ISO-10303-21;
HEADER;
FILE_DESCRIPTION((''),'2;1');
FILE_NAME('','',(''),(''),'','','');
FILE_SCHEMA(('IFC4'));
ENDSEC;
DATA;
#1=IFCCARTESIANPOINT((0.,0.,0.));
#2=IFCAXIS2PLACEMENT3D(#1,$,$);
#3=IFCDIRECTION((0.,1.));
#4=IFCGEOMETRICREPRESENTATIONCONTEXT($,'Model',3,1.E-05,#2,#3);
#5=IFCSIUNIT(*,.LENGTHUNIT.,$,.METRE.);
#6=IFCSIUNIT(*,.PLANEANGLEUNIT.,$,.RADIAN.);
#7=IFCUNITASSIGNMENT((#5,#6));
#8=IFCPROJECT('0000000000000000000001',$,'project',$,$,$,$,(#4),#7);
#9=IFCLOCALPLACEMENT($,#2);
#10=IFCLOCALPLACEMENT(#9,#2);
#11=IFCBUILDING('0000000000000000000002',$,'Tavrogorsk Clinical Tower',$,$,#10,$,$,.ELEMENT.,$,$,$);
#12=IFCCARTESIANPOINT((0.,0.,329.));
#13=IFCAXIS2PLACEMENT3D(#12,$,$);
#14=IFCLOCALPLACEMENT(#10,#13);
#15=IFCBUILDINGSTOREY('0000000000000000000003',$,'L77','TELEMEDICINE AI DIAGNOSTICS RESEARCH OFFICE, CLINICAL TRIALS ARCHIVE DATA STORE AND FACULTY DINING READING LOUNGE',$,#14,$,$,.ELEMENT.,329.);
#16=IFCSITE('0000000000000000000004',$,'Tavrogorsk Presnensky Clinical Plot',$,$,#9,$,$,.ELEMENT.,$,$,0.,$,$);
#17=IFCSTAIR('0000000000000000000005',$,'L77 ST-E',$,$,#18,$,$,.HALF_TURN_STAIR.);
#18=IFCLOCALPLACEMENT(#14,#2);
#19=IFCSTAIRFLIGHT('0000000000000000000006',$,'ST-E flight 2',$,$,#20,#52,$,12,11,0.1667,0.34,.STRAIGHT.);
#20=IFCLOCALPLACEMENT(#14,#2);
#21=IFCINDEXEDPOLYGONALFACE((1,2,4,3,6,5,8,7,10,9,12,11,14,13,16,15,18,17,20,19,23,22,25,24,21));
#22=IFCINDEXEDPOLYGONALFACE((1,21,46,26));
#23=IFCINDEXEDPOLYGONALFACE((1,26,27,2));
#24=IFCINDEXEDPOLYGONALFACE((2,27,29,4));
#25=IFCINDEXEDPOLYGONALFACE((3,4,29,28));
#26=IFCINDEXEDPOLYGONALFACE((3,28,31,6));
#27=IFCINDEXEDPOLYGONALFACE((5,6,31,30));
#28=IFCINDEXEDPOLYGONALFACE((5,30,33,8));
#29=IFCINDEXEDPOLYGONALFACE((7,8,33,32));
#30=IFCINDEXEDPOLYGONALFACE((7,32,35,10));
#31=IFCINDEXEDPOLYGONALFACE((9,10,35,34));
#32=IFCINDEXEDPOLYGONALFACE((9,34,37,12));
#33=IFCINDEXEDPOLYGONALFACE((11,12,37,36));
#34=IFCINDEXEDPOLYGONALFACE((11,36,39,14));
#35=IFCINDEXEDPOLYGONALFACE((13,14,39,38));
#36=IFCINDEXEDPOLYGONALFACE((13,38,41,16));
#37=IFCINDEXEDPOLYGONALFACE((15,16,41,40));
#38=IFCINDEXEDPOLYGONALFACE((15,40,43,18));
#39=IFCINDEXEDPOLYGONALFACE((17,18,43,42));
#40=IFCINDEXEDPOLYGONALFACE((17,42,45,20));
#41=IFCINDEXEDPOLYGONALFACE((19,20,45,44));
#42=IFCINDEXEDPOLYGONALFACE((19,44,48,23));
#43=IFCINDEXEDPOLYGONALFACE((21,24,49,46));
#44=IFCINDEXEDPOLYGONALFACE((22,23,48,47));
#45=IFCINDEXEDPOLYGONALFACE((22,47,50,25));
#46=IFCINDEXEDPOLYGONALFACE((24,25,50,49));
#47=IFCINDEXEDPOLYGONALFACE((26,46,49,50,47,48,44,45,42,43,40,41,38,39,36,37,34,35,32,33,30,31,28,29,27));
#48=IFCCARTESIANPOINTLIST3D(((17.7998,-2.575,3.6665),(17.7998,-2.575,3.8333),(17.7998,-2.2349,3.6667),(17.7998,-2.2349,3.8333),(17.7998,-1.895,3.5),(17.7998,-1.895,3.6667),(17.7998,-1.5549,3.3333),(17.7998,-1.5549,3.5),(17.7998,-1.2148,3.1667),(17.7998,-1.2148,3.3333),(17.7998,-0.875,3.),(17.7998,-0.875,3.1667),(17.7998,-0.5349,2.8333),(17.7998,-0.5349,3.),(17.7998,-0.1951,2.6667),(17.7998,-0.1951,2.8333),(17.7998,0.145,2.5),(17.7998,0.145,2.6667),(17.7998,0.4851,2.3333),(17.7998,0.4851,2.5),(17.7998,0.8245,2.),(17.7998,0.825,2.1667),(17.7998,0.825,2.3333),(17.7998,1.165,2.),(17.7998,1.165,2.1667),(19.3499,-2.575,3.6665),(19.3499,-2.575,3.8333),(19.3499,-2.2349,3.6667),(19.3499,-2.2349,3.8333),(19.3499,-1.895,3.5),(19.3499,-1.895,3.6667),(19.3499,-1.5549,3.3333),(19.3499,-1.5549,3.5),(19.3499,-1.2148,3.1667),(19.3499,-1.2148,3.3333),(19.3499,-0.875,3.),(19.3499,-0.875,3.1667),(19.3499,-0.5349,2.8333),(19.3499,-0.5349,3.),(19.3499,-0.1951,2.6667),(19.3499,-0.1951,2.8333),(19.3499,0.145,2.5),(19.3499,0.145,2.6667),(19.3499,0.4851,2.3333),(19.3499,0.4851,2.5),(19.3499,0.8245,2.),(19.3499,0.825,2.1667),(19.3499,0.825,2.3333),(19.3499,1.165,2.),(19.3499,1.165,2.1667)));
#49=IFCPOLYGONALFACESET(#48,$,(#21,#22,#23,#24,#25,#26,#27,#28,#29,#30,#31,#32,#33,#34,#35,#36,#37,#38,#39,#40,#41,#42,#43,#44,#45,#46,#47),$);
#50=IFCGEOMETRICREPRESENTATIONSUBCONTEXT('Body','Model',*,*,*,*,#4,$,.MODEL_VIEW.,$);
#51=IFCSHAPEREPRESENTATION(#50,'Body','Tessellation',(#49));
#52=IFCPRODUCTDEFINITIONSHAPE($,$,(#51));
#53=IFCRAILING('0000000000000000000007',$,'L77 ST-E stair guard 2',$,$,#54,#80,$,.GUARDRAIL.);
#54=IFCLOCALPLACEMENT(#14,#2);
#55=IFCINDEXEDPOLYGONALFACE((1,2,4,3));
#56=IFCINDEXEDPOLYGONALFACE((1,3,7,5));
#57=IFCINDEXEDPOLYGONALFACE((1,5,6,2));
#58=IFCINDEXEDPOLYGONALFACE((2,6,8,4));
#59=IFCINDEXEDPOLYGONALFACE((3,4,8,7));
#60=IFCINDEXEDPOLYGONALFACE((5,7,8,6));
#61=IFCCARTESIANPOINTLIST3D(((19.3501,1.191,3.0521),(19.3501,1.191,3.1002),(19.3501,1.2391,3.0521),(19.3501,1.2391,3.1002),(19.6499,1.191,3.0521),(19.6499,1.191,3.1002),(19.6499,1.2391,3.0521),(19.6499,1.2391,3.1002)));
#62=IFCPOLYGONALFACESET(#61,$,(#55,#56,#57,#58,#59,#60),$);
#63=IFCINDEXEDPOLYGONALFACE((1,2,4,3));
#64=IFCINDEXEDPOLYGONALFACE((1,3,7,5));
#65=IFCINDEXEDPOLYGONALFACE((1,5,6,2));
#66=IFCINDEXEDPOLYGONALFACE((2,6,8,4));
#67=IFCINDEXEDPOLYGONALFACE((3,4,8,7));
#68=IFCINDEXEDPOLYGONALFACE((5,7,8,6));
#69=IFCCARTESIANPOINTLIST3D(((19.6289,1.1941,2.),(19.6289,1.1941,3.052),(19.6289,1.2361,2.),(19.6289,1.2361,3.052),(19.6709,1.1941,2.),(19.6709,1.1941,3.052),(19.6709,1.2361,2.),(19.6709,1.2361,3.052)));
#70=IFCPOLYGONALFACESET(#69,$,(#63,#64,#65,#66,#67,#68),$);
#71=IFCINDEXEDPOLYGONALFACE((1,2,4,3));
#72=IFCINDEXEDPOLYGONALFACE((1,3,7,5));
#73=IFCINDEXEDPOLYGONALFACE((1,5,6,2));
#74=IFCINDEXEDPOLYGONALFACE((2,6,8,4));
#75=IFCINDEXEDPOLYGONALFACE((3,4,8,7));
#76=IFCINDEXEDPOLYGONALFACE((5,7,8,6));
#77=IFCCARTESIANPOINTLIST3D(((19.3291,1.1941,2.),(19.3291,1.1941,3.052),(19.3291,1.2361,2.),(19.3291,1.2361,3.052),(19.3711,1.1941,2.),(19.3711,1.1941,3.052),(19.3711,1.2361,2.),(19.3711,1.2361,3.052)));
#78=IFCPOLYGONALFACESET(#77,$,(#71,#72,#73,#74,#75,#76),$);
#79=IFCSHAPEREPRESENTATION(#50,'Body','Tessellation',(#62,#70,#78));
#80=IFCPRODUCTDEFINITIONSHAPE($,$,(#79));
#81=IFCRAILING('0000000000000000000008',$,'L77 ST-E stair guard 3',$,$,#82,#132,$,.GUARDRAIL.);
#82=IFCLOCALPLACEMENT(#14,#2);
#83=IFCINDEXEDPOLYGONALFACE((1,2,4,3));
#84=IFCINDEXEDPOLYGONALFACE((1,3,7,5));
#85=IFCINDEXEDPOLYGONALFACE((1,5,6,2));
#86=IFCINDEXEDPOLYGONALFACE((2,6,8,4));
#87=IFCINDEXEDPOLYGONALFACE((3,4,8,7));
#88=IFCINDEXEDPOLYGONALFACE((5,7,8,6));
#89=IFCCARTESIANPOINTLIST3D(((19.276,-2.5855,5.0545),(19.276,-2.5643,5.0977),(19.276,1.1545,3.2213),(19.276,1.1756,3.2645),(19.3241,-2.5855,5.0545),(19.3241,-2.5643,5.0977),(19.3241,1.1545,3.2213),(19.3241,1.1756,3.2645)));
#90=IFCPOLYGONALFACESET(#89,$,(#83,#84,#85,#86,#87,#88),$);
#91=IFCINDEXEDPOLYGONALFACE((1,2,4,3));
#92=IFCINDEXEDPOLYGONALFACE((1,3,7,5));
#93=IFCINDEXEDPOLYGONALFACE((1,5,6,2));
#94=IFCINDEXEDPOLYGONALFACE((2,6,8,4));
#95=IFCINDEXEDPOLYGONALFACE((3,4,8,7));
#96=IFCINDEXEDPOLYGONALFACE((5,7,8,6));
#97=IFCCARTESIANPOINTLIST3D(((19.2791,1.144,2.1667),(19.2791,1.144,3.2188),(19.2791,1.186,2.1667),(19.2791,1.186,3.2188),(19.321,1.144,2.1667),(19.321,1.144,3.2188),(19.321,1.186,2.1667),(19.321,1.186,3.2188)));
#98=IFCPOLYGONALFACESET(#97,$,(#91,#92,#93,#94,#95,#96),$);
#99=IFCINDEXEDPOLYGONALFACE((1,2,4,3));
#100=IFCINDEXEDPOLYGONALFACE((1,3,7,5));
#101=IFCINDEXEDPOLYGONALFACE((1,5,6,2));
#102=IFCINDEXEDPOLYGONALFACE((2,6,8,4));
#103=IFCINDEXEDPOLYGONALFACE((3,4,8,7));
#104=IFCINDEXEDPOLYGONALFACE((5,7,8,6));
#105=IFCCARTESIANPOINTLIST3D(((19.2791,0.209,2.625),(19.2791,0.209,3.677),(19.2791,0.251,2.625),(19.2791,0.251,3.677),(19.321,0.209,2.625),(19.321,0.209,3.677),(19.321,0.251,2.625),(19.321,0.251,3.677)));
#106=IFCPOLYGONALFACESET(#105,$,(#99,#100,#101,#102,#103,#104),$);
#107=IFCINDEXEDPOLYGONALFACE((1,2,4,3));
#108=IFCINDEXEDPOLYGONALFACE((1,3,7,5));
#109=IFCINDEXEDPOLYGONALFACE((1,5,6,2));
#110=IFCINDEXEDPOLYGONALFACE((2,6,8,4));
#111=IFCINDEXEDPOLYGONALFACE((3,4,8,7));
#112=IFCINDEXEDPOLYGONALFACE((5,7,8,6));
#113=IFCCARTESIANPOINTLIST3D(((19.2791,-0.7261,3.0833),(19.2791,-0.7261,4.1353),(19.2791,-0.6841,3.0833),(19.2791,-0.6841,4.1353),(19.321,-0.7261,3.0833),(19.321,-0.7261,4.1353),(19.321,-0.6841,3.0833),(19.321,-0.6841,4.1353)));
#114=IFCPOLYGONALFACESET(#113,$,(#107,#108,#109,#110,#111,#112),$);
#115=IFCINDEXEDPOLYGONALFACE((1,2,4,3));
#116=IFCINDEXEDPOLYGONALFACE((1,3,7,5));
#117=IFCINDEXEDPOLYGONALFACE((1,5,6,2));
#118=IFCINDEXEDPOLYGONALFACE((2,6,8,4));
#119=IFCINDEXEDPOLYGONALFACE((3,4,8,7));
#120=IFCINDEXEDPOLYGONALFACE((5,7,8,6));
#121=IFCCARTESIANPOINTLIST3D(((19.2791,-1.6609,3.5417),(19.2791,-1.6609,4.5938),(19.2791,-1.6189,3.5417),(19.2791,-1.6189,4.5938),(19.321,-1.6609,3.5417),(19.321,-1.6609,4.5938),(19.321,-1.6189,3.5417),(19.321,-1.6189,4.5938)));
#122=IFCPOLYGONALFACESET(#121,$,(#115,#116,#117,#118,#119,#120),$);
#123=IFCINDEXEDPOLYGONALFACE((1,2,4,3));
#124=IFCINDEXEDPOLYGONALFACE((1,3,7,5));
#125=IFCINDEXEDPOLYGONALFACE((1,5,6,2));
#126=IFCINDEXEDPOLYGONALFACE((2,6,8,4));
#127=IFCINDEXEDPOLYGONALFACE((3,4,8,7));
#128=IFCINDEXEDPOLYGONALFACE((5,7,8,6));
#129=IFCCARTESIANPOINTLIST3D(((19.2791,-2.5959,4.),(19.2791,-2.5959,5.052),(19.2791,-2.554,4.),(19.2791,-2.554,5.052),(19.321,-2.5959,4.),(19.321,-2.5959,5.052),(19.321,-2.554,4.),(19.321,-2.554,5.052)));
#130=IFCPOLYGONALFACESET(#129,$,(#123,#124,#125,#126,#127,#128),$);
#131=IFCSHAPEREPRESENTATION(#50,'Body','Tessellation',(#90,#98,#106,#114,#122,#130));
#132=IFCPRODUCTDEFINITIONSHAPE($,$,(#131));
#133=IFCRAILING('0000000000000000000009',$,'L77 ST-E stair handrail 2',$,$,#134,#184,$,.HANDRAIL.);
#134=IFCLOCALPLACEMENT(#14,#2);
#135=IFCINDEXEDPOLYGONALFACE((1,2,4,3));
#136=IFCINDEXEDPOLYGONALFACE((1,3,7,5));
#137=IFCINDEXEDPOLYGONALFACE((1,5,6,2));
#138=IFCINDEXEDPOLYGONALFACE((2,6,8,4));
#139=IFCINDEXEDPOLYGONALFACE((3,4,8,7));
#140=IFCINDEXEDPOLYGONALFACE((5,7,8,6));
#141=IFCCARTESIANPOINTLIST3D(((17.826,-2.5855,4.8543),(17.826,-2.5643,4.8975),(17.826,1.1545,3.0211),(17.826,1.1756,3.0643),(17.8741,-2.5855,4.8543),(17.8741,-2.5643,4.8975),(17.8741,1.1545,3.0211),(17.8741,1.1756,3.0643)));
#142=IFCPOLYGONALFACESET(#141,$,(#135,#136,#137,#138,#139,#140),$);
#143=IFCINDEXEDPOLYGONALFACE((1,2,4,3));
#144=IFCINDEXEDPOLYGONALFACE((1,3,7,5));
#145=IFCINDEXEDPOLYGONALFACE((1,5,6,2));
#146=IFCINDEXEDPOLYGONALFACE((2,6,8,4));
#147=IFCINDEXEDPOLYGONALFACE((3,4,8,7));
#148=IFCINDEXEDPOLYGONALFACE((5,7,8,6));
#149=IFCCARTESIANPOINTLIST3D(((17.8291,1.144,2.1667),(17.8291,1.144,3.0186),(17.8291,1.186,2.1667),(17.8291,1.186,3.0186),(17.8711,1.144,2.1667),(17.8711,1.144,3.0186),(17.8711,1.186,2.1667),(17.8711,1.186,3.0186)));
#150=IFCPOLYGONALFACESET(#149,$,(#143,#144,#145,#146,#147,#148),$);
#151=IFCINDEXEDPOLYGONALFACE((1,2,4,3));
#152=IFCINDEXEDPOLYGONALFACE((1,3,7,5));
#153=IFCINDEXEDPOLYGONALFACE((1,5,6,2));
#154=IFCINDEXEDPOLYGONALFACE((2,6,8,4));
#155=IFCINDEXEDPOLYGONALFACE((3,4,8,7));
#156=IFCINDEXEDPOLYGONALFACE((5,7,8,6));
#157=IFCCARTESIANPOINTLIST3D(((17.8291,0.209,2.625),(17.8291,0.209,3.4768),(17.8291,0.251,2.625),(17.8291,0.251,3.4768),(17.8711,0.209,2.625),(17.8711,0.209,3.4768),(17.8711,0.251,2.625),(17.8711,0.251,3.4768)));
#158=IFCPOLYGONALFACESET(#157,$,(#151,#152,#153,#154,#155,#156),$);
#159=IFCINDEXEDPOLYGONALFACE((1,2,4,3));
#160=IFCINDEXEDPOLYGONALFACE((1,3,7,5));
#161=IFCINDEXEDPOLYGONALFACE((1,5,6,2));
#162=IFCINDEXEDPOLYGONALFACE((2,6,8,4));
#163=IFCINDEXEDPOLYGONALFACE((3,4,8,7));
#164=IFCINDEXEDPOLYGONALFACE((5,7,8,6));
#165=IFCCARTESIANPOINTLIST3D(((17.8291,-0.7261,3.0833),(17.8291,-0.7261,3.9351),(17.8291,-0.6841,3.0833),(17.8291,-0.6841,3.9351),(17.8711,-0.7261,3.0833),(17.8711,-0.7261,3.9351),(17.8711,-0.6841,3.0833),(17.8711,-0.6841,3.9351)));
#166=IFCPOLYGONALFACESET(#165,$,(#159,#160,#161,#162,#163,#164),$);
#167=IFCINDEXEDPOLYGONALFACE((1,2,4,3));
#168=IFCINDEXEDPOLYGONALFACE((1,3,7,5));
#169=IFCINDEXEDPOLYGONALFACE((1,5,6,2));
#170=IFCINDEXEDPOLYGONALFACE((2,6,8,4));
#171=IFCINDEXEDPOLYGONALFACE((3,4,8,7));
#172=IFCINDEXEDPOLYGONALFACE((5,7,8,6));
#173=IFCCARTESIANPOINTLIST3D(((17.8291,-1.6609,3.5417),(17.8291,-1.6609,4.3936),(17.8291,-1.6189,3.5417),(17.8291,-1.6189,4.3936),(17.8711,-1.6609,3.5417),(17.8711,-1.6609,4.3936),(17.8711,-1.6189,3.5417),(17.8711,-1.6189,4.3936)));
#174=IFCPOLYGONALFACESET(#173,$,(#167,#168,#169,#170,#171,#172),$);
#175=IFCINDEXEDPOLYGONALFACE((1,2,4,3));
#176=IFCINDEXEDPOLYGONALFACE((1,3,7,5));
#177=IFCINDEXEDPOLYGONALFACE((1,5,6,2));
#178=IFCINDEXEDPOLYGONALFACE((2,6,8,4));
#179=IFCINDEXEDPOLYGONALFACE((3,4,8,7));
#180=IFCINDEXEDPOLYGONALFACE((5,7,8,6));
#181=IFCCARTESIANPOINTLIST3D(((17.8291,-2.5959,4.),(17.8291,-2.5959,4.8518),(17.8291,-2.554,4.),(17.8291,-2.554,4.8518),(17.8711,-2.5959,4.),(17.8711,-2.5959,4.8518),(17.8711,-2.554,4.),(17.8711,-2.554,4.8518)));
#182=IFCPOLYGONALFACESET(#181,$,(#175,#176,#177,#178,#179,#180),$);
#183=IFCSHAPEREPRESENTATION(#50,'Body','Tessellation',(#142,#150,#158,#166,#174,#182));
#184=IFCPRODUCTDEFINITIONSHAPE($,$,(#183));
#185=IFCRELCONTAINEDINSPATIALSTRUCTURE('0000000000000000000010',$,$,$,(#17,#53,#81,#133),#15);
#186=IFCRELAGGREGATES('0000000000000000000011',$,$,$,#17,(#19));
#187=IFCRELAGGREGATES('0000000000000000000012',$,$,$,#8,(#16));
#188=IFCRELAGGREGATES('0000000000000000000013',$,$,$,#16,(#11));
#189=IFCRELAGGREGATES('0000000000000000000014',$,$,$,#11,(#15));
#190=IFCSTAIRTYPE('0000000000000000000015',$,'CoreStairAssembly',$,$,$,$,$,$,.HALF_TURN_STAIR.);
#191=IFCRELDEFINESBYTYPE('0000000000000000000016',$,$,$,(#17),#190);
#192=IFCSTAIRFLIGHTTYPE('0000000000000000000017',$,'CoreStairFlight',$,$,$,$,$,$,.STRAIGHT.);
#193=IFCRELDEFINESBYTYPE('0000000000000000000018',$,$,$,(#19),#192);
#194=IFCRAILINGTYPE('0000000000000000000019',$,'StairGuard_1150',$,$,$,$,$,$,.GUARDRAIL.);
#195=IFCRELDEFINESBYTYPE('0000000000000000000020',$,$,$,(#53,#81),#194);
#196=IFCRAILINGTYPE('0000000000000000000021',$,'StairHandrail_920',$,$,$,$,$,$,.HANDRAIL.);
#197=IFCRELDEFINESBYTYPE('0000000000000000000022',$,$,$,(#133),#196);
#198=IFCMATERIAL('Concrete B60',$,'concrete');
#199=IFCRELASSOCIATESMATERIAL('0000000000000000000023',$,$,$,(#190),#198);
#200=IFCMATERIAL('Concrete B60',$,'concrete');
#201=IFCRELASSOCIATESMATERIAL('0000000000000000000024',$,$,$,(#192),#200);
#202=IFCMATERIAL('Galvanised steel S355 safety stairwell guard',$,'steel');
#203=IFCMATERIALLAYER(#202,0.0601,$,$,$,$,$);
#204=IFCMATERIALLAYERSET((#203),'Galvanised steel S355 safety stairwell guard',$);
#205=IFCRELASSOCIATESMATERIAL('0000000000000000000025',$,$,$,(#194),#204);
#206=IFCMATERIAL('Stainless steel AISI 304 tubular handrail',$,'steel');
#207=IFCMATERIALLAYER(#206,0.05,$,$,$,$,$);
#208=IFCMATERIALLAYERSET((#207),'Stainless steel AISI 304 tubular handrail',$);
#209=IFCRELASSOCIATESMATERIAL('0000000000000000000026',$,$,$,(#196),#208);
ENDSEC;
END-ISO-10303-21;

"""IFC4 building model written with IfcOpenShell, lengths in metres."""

from ifc_helpers import new_model, si_unit, direction, frame, origin, origin_2d, place, context, subcontext, project, spatial, polyline, rectangle, outline, extrude, material, layer, layer_set, type_object, element, aggregate, save


model = new_model("IFC4")

# Units and contexts
model_context = context("Model", 3, precision=1e-05, world=origin(), true_north=direction((0.0, 1.0)))
body_context = subcontext(model_context, "Body", "Model", "MODEL_VIEW")
ifc_project = project(units=[si_unit("LENGTHUNIT", "METRE"), si_unit("PLANEANGLEUNIT", "RADIAN")], contexts=[model_context])

# Site, building, storey
site_placement = place(None, origin())
site = spatial("IfcSite", under=ifc_project, at=site_placement, Name="Tavrogorsk Presnensky Clinical Plot", CompositionType="ELEMENT", RefElevation=0.0)
building_placement = place(site_placement, origin())
building = spatial("IfcBuilding", under=site, at=building_placement, Name="Tavrogorsk Clinical Tower", CompositionType="ELEMENT")
storey_placement = place(building_placement, frame((0.0, 0.0, 329.0)))
storey = spatial("IfcBuildingStorey", under=building, at=storey_placement, Name="L77", Description="TELEMEDICINE AI DIAGNOSTICS RESEARCH OFFICE, CLINICAL TRIALS ARCHIVE DATA STORE AND FACULTY DINING READING LOUNGE", CompositionType="ELEMENT", Elevation=329.0)

# Stair, stair flight
ifc_material_1 = material(Name="Concrete B60", Category="concrete")
stair_type = type_object("IfcStairType", Name="CoreStairAssembly", PredefinedType="HALF_TURN_STAIR", material=ifc_material_1)
stair_placement = place(storey_placement, origin())
stair = element("IfcStair", 1, at=stair_placement, inside=storey, type_object=stair_type, Name="L77 ST-E", PredefinedType="HALF_TURN_STAIR")
ifc_material_2 = material(Name="Concrete B60", Category="concrete")
stair_flight_type = type_object("IfcStairFlightType", Name="CoreStairFlight", PredefinedType="STRAIGHT", material=ifc_material_2)
stair_flight_placement = place(storey_placement, frame((18.575, 1.165, 2.0), z_axis=(0.0, 0.0, 1.0), x_axis=(0.0, -1.0, 0.0)))
stair_flight = element("IfcStairFlight", 2, at=stair_flight_placement, type_object=stair_flight_type, Name="ST-E flight 2", NumberOfRisers=12, NumberOfTreads=11, PredefinedType="STRAIGHT", RiserHeight=0.1667, TreadLength=0.34, context=body_context, shape_type="SweptSolid", body=[
    extrude(outline(polyline([(0.0, 0.0), (0.0, 0.1667), (0.3401, 0.1667), (0.3401, 0.3333), (0.6799, 0.3333), (0.6799, 0.5), (1.02, 0.5), (1.02, 0.6667), (1.3601, 0.6667), (1.3601, 0.8333), (1.7, 0.8333), (1.7, 1.0), (2.04, 1.0), (2.04, 1.1667), (2.3799, 1.1667), (2.3799, 1.3333), (2.72, 1.3333), (2.72, 1.5), (3.0601, 1.5), (3.0601, 1.6667), (3.3999, 1.6667), (3.3999, 1.8333), (3.74, 1.8333), (3.74, 2.0), (3.74, 1.6665), (0.3406, 0.0), (0.0, 0.0)])), frame((0.0, 0.7749, 0.0), z_axis=(0.0, -1.0, 0.0), x_axis=(1.0, 0.0, 0.0)), (0.0, 0.0, 1.0), 1.55),
])
aggregate(stair, [stair_flight])

# Railings
ifc_material_3 = material(Name="Galvanised steel S355 safety stairwell guard", Category="steel")
ifc_layer_1 = layer(ifc_material_3, 0.0601)
ifc_layer_set_1 = layer_set([ifc_layer_1], Name="Galvanised steel S355 safety stairwell guard")
railing_type_1 = type_object("IfcRailingType", Name="StairGuard_1150", PredefinedType="GUARDRAIL", material=ifc_layer_set_1)
railing_1_placement = place(storey_placement, frame((19.6499, 1.2151, 2.0)))
element("IfcRailing", 3, at=railing_1_placement, inside=storey, type_object=railing_type_1, Name="L77 ST-E stair guard 2", PredefinedType="GUARDRAIL", context=body_context, shape_type="SweptSolid", body=[
    extrude(rectangle(XDim=0.0481, YDim=0.0481, at=origin_2d()), frame((0.0, 0.0, 1.0762), z_axis=(-1.0, 0.0, 0.0), x_axis=(0.0, -1.0, 0.0)), (0.0, 0.0, 1.0), 0.2998),
    extrude(rectangle(XDim=0.042, YDim=0.042, at=origin_2d()), origin(), (0.0, 0.0, 1.0), 1.052),
    extrude(rectangle(XDim=0.042, YDim=0.042, at=origin_2d()), frame((-0.2998, 0.0, 0.0)), (0.0, 0.0, 1.0), 1.052),
])
railing_2_placement = place(storey_placement, frame((19.3, 1.165, 2.1667)))
element("IfcRailing", 4, at=railing_2_placement, inside=storey, type_object=railing_type_1, Name="L77 ST-E stair guard 3", PredefinedType="GUARDRAIL", context=body_context, shape_type="SweptSolid", body=[
    extrude(rectangle(XDim=0.0481, YDim=0.0481, at=origin_2d()), frame((0.0, 0.0, 1.0762), z_axis=(0.0, -0.897928, 0.440142), x_axis=(1.0, 0.0, 0.0)), (0.0, 0.0, 1.0), 4.165),
    extrude(rectangle(XDim=0.042, YDim=0.042, at=origin_2d()), origin(), (0.0, 0.0, 1.0), 1.052),
    extrude(rectangle(XDim=0.042, YDim=0.042, at=origin_2d()), frame((0.0, -0.9351, 0.4583)), (0.0, 0.0, 1.0), 1.052),
    extrude(rectangle(XDim=0.042, YDim=0.042, at=origin_2d()), frame((0.0, -1.8701, 0.9165)), (0.0, 0.0, 1.0), 1.052),
    extrude(rectangle(XDim=0.042, YDim=0.042, at=origin_2d()), frame((0.0, -2.8049, 1.375)), (0.0, 0.0, 1.0), 1.052),
    extrude(rectangle(XDim=0.042, YDim=0.042, at=origin_2d()), frame((0.0, -3.74, 1.8333)), (0.0, 0.0, 1.0), 1.052),
])
ifc_material_4 = material(Name="Stainless steel AISI 304 tubular handrail", Category="steel")
ifc_layer_2 = layer(ifc_material_4, 0.05)
ifc_layer_set_2 = layer_set([ifc_layer_2], Name="Stainless steel AISI 304 tubular handrail")
railing_type_2 = type_object("IfcRailingType", Name="StairHandrail_920", PredefinedType="HANDRAIL", material=ifc_layer_set_2)
railing_3_placement = place(storey_placement, frame((17.8501, 1.165, 2.1667)))
element("IfcRailing", 5, at=railing_3_placement, inside=storey, type_object=railing_type_2, Name="L77 ST-E stair handrail 2", PredefinedType="HANDRAIL", context=body_context, shape_type="SweptSolid", body=[
    extrude(rectangle(XDim=0.0481, YDim=0.0481, at=origin_2d()), frame((0.0, 0.0, 0.876), z_axis=(0.0, -0.897928, 0.440142), x_axis=(1.0, 0.0, 0.0)), (0.0, 0.0, 1.0), 4.165),
    extrude(rectangle(XDim=0.042, YDim=0.042, at=origin_2d()), origin(), (0.0, 0.0, 1.0), 0.8518),
    extrude(rectangle(XDim=0.042, YDim=0.042, at=origin_2d()), frame((0.0, -0.9351, 0.4583)), (0.0, 0.0, 1.0), 0.8518),
    extrude(rectangle(XDim=0.042, YDim=0.042, at=origin_2d()), frame((0.0, -1.8701, 0.9165)), (0.0, 0.0, 1.0), 0.8518),
    extrude(rectangle(XDim=0.042, YDim=0.042, at=origin_2d()), frame((0.0, -2.8049, 1.375)), (0.0, 0.0, 1.0), 0.8518),
    extrude(rectangle(XDim=0.042, YDim=0.042, at=origin_2d()), frame((0.0, -3.74, 1.8333)), (0.0, 0.0, 1.0), 0.8518),
])

save(model, "model.ifc")
